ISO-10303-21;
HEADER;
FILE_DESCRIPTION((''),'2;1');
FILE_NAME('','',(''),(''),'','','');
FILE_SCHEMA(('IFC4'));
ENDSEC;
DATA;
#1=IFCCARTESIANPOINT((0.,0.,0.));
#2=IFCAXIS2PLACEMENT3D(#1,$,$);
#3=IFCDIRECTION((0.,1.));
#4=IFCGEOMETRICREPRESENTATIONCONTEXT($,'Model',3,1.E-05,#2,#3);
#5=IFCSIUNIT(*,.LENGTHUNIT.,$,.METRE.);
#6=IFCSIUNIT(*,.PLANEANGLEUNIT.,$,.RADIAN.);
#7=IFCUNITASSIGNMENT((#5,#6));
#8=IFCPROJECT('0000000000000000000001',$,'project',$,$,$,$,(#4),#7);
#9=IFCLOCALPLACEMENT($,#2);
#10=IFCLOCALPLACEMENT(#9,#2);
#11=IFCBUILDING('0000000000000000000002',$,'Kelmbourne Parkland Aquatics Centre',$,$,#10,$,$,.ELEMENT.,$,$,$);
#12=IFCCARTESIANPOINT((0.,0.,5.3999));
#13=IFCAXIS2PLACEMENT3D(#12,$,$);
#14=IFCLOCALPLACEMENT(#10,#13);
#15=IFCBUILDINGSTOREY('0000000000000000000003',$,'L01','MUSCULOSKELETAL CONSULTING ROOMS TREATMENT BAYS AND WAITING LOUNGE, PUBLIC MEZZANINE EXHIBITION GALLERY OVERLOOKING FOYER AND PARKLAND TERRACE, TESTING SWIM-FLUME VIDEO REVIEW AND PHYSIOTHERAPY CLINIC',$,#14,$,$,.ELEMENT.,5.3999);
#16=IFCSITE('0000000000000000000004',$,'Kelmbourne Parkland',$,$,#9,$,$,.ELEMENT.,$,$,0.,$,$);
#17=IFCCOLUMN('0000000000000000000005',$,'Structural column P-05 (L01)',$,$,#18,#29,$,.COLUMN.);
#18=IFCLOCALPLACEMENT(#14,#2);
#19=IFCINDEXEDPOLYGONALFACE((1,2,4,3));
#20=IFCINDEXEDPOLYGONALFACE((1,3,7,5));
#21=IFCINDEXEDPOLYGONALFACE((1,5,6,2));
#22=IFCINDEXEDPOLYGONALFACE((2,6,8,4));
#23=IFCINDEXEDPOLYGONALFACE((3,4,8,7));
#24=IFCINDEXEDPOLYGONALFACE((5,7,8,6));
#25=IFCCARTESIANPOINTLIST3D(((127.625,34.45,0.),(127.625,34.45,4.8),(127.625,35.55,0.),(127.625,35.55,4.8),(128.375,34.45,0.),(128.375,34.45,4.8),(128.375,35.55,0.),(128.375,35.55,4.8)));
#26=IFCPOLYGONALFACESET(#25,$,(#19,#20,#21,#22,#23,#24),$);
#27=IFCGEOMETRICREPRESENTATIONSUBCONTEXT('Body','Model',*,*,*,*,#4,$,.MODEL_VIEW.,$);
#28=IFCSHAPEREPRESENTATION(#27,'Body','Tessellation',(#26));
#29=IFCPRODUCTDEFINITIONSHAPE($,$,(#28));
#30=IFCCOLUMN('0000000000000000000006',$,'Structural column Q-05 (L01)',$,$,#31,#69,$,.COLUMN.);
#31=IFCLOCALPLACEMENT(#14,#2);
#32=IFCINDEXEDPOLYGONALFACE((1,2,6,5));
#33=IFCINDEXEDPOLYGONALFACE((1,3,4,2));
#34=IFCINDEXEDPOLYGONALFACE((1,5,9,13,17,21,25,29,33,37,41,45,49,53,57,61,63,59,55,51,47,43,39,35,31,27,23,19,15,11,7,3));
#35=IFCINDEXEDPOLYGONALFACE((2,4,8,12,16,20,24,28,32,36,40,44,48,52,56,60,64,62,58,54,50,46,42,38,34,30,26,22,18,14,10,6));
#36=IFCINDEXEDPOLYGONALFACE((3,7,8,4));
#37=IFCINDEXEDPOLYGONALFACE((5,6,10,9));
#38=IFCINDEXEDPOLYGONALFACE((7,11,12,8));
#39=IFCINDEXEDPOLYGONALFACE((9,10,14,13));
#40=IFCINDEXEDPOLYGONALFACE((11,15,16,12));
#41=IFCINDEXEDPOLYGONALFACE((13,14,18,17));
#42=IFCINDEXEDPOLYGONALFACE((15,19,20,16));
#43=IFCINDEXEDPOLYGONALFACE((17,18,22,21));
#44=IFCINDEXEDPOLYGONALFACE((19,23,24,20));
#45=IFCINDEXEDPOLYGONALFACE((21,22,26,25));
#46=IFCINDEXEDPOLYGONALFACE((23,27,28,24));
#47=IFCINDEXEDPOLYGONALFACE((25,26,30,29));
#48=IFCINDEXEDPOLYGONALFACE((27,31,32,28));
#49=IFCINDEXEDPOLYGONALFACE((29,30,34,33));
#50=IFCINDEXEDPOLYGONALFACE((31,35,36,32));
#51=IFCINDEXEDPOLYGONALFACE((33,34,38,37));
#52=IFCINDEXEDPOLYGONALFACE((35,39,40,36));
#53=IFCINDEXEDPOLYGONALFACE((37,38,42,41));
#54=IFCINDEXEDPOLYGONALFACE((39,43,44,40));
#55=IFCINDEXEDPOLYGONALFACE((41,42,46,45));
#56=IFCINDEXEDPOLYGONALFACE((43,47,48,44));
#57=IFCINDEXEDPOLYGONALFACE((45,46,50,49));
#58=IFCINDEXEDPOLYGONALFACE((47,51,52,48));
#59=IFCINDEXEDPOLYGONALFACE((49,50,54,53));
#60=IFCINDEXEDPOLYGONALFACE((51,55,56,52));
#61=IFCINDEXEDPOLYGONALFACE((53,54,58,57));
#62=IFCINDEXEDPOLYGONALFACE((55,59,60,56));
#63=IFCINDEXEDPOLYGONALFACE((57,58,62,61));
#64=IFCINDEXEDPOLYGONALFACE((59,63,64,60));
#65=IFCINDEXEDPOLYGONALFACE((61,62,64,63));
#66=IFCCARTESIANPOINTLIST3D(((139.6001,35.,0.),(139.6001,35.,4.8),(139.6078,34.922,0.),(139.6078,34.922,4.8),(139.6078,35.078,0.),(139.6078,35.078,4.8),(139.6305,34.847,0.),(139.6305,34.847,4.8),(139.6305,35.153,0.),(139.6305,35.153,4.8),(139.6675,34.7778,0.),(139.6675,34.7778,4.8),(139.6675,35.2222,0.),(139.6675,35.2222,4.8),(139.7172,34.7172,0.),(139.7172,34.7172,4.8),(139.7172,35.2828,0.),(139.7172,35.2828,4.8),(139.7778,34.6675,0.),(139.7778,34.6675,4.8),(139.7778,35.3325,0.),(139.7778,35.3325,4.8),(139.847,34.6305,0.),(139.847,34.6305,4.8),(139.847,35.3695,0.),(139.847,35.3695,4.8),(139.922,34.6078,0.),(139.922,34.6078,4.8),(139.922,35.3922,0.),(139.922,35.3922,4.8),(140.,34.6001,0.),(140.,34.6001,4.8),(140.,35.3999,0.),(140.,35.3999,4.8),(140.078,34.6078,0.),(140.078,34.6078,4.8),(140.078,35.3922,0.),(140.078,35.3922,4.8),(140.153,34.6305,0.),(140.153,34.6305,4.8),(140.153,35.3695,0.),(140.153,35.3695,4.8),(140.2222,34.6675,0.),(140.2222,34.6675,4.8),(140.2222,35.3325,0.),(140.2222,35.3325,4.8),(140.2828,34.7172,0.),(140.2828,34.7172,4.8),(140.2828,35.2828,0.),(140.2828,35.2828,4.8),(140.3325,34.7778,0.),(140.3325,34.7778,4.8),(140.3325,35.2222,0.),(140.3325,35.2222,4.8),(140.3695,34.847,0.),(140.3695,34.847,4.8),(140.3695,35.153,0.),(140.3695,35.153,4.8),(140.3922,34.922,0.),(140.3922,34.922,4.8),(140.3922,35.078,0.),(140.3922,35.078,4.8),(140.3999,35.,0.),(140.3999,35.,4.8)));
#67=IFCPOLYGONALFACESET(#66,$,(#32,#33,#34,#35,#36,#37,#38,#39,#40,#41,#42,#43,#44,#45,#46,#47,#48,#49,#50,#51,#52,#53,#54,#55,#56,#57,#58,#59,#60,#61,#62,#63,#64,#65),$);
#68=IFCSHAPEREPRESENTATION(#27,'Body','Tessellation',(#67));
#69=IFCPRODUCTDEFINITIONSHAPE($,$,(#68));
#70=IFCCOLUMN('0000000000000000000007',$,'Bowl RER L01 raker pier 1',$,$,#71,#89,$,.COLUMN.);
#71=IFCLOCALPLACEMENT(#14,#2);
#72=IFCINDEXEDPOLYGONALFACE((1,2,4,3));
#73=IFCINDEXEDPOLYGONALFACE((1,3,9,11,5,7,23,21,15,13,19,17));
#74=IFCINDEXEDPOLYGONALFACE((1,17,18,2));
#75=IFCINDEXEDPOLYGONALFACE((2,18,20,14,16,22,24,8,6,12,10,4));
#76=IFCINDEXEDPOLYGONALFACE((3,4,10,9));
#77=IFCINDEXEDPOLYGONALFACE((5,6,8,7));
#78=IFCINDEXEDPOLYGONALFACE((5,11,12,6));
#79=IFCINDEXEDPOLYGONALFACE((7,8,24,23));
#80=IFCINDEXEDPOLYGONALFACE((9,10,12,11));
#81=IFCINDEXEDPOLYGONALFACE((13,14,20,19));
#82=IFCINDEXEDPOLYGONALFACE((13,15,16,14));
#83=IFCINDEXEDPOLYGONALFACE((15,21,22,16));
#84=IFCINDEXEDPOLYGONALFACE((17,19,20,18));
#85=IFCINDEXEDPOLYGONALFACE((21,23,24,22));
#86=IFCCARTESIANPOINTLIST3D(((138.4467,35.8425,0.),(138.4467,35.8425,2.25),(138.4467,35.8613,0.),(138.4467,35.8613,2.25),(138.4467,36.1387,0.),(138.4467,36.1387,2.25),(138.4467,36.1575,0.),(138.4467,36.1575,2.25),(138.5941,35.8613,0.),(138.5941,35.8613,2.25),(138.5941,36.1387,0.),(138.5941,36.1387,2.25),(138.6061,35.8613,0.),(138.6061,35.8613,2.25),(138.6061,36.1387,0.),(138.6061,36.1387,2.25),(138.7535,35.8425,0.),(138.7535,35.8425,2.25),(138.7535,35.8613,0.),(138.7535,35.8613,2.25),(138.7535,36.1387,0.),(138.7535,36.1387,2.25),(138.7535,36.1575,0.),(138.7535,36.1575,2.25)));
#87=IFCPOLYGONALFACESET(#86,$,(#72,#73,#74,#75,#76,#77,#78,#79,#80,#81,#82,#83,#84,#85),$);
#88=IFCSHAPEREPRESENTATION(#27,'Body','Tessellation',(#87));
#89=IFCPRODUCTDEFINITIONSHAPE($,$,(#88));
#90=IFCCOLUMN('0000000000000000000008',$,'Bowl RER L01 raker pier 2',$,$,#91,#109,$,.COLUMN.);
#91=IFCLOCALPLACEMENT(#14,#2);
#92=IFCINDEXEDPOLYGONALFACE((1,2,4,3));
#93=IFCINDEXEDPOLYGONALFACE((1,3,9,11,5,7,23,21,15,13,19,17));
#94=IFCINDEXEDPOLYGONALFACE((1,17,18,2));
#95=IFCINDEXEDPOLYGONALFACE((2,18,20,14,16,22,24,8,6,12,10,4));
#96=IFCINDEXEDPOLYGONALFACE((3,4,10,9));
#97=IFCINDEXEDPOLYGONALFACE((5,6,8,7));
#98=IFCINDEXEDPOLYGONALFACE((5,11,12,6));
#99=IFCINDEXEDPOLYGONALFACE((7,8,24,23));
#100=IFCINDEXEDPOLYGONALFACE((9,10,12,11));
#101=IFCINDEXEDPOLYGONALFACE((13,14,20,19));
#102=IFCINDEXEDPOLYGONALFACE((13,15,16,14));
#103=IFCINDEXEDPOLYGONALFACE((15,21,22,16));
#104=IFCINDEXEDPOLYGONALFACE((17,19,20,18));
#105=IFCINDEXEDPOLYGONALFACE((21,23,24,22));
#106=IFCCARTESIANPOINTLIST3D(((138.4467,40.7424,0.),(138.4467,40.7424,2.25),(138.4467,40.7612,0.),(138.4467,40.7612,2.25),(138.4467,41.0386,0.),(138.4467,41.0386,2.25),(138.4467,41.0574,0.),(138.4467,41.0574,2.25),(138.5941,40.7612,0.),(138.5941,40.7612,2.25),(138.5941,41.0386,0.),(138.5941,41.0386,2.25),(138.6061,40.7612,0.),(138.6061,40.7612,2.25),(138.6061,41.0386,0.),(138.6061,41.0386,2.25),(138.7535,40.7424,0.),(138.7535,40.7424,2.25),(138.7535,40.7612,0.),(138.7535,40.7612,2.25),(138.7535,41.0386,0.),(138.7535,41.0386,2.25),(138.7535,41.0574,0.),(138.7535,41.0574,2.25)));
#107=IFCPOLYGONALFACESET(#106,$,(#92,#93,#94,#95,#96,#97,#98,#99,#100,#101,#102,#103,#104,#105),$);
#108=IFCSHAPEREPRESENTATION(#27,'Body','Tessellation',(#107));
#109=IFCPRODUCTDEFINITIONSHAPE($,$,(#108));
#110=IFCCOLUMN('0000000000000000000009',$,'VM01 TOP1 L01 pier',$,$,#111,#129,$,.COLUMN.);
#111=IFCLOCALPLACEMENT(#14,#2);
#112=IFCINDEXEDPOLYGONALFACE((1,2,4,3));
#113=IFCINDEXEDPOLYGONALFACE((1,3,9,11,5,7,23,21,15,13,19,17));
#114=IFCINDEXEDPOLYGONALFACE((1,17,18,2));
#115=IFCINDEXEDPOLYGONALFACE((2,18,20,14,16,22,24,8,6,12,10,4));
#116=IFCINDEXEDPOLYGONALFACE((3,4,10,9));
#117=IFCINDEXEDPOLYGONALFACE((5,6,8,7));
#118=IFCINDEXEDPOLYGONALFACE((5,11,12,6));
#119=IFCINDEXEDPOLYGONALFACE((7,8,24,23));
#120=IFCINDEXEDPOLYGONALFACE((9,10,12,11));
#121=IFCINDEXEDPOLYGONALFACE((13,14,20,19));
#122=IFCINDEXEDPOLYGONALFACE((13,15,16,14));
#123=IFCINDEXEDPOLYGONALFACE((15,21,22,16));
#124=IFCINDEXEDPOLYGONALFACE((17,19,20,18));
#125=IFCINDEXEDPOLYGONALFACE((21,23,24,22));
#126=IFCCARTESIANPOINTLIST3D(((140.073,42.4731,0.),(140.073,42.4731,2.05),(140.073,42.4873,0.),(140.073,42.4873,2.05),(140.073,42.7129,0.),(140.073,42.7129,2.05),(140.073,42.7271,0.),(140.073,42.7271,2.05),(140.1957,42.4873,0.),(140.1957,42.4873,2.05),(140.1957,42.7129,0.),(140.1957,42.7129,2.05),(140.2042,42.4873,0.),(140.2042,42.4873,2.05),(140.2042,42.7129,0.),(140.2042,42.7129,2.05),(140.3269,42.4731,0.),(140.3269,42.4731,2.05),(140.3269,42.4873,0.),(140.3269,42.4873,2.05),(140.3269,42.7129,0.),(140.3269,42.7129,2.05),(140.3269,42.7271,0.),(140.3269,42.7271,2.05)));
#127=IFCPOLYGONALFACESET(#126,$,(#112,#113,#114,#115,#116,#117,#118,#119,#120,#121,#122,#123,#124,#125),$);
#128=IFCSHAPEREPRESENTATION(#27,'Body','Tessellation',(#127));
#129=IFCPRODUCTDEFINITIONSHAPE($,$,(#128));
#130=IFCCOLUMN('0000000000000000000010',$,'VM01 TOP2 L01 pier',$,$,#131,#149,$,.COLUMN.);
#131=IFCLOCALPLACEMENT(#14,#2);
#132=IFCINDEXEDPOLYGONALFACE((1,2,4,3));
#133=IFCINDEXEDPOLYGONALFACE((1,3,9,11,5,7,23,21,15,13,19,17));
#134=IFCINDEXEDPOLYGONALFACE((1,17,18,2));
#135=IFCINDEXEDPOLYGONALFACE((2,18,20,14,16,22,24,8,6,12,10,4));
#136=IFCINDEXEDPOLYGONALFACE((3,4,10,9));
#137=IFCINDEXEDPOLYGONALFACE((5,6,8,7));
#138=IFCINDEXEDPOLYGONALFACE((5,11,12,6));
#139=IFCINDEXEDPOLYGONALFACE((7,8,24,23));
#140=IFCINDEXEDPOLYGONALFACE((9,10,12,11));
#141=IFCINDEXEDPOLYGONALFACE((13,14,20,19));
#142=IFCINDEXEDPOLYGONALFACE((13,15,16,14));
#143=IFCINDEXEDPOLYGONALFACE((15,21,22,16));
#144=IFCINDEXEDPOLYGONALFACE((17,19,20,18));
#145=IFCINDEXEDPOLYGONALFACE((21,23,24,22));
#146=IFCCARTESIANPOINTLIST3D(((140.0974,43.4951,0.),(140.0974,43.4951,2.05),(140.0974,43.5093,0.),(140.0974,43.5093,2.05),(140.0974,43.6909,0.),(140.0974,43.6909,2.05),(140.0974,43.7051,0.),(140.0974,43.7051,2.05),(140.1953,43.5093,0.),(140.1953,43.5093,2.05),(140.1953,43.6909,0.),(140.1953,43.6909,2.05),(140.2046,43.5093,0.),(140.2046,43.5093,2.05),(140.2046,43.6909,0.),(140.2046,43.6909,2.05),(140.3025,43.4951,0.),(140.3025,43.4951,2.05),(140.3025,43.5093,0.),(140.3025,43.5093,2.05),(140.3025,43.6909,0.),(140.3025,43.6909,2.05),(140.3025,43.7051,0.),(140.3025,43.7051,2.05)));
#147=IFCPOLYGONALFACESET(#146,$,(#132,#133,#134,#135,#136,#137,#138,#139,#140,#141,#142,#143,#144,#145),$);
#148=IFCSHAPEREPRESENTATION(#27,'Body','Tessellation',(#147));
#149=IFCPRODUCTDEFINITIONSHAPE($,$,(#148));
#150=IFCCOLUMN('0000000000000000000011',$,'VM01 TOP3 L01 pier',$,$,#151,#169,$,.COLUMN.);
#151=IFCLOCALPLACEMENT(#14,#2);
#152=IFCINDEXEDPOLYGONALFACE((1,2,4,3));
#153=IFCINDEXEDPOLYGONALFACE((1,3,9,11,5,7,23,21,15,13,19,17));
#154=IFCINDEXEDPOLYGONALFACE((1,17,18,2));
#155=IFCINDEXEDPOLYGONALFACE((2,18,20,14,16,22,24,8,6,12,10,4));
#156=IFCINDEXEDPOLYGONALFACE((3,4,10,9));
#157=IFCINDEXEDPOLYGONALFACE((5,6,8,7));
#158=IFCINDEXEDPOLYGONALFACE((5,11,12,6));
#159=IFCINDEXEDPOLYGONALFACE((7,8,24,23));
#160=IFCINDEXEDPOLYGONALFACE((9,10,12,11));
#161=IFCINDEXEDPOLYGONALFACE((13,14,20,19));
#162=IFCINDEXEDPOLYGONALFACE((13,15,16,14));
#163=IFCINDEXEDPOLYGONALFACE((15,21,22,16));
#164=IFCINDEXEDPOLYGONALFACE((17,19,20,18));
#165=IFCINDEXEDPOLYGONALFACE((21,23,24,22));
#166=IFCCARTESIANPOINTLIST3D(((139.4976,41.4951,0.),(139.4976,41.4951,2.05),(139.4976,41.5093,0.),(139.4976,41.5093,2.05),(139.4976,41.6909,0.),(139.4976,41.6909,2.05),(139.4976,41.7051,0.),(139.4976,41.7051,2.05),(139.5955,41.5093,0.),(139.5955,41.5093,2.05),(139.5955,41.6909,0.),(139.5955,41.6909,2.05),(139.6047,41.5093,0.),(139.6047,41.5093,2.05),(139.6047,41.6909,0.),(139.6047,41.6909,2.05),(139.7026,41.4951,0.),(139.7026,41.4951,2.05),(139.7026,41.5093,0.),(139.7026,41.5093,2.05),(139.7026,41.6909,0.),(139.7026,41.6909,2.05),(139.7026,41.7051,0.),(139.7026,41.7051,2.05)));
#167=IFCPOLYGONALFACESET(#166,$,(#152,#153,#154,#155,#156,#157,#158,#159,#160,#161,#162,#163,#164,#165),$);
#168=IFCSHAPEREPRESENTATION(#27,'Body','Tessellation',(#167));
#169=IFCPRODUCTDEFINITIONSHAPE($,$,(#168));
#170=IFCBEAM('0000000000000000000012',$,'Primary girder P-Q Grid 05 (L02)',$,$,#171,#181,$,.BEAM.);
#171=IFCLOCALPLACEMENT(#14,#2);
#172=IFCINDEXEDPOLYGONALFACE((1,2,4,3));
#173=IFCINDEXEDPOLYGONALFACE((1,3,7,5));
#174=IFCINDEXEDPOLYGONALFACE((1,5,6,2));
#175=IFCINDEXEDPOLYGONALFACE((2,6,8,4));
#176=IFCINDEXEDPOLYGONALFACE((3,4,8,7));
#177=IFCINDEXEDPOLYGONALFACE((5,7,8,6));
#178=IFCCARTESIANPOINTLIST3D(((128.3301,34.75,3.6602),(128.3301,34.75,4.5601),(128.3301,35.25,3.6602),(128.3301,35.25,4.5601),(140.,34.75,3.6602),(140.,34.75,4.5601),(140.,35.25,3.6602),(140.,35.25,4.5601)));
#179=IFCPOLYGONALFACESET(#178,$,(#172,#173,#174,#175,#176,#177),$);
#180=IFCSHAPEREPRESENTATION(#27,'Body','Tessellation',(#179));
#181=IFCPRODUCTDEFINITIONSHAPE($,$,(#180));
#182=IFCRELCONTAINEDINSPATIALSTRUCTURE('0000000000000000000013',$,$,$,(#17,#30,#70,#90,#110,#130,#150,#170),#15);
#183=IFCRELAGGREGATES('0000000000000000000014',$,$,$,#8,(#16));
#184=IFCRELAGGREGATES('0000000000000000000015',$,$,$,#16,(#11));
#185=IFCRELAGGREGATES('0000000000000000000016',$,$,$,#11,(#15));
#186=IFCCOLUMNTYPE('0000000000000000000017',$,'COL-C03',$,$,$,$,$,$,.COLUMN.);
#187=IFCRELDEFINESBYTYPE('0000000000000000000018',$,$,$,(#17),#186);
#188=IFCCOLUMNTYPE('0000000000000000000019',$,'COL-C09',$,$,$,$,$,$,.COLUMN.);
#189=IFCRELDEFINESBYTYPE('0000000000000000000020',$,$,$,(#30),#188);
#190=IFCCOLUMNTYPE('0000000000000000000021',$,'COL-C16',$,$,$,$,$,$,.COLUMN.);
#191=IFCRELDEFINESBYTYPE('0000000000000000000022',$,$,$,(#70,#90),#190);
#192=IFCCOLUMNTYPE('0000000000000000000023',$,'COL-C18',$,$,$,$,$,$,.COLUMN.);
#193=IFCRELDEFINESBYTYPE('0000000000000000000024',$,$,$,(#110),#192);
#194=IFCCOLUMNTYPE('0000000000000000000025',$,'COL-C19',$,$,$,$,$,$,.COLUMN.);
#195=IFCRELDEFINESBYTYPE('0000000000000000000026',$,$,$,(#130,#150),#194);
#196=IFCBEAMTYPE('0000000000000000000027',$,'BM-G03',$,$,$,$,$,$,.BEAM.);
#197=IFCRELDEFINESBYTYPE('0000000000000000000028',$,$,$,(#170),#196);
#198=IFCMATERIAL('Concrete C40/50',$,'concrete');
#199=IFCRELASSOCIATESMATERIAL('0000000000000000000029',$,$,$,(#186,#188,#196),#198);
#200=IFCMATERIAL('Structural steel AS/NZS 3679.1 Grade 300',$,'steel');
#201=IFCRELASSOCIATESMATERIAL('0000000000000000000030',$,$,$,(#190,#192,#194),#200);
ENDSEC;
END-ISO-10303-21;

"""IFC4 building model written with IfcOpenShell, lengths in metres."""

from ifc_helpers import new_model, si_unit, direction, frame, origin, origin_2d, place, context, subcontext, project, spatial, rectangle, circle, i_section, extrude, material, material_profile, profile_set, type_object, element, save


model = new_model("IFC4")

# Units and contexts
model_context = context("Model", 3, precision=1e-05, world=origin(), true_north=direction((0.0, 1.0)))
body_context = subcontext(model_context, "Body", "Model", "MODEL_VIEW")
ifc_project = project(units=[si_unit("LENGTHUNIT", "METRE"), si_unit("PLANEANGLEUNIT", "RADIAN")], contexts=[model_context])

# Site, building, storey
site_placement = place(None, origin())
site = spatial("IfcSite", under=ifc_project, at=site_placement, Name="Kelmbourne Parkland", CompositionType="ELEMENT", RefElevation=0.0)
building_placement = place(site_placement, origin())
building = spatial("IfcBuilding", under=site, at=building_placement, Name="Kelmbourne Parkland Aquatics Centre", CompositionType="ELEMENT")
storey_placement = place(building_placement, frame((0.0, 0.0, 5.3999)))
storey = spatial("IfcBuildingStorey", under=building, at=storey_placement, Name="L01", Description="MUSCULOSKELETAL CONSULTING ROOMS TREATMENT BAYS AND WAITING LOUNGE, PUBLIC MEZZANINE EXHIBITION GALLERY OVERLOOKING FOYER AND PARKLAND TERRACE, TESTING SWIM-FLUME VIDEO REVIEW AND PHYSIOTHERAPY CLINIC", CompositionType="ELEMENT", Elevation=5.3999)

# Columns
ifc_material_1 = material(Name="Concrete C40/50", Category="concrete")
ifc_material_profile_1 = material_profile(ifc_material_1, rectangle(XDim=0.75, YDim=1.1001, at=origin_2d()), Name="RC 750x1100")
ifc_profile_set_1 = profile_set([ifc_material_profile_1], Name="Concrete C40/50")
column_type_1 = type_object("IfcColumnType", Name="COL-C03", PredefinedType="COLUMN", material=ifc_profile_set_1)
column_1_placement = place(storey_placement, frame((128.0, 35.0, 0.0), z_axis=(0.0, 0.0, 1.0), x_axis=(1.0, 0.0, 0.0)))
element("IfcColumn", 1, at=column_1_placement, inside=storey, type_object=column_type_1, Name="Structural column P-05 (L01)", PredefinedType="COLUMN", context=body_context, shape_type="SweptSolid", body=[
    extrude(rectangle(XDim=0.75, YDim=1.1001, at=origin_2d()), origin(), (0.0, 0.0, 1.0), 4.8),
])
ifc_material_profile_2 = material_profile(ifc_material_1, circle(Radius=0.3999, at=origin_2d()), Name="RC D800")
ifc_profile_set_2 = profile_set([ifc_material_profile_2], Name="Concrete C40/50")
column_type_2 = type_object("IfcColumnType", Name="COL-C09", PredefinedType="COLUMN", material=ifc_profile_set_2)
column_2_placement = place(storey_placement, frame((140.0, 35.0, 0.0), z_axis=(0.0, 0.0, 1.0), x_axis=(1.0, 0.0, 0.0)))
element("IfcColumn", 2, at=column_2_placement, inside=storey, type_object=column_type_2, Name="Structural column Q-05 (L01)", PredefinedType="COLUMN", context=body_context, shape_type="SweptSolid", body=[
    extrude(circle(Radius=0.3999, at=origin_2d()), origin(), (0.0, 0.0, 1.0), 4.8),
])
ifc_material_2 = material(Name="Structural steel AS/NZS 3679.1 Grade 300", Category="steel")
ifc_material_profile_3 = material_profile(ifc_material_2, i_section(OverallWidth=0.3069, OverallDepth=0.3149, WebThickness=0.012, FlangeThickness=0.0188, at=origin_2d()), Name="310UC118")
ifc_profile_set_3 = profile_set([ifc_material_profile_3], Name="Structural steel AS/NZS 3679.1 Grade 300")
column_type_3 = type_object("IfcColumnType", Name="COL-C16", PredefinedType="COLUMN", material=ifc_profile_set_3)
for number, where, z_axis, x_axis, name in (
    (3, (138.6001, 36.0, 0.0), (0.0, 0.0, 1.0), (1.0, 0.0, 0.0), "Bowl RER L01 raker pier 1"),
    (4, (138.6001, 40.8999, 0.0), (0.0, 0.0, 1.0), (1.0, 0.0, 0.0), "Bowl RER L01 raker pier 2"),
):
    element("IfcColumn", number, at=place(storey_placement, frame(where, z_axis=z_axis, x_axis=x_axis)), inside=storey, type_object=column_type_3, Name=name, PredefinedType="COLUMN", context=body_context, shape_type="SweptSolid", body=[
        extrude(i_section(OverallWidth=0.3069, OverallDepth=0.3149, WebThickness=0.012, FlangeThickness=0.0188, at=origin_2d()), origin(), (0.0, 0.0, 1.0), 2.25),
    ])
ifc_material_profile_4 = material_profile(ifc_material_2, i_section(OverallWidth=0.2539, OverallDepth=0.2539, WebThickness=0.0085, FlangeThickness=0.0142, at=origin_2d()), Name="250UC72.9")
ifc_profile_set_4 = profile_set([ifc_material_profile_4], Name="Structural steel AS/NZS 3679.1 Grade 300")
column_type_4 = type_object("IfcColumnType", Name="COL-C18", PredefinedType="COLUMN", material=ifc_profile_set_4)
column_3_placement = place(storey_placement, frame((140.2, 42.6001, 0.0), z_axis=(0.0, 0.0, 1.0), x_axis=(1.0, 0.0, 0.0)))
element("IfcColumn", 5, at=column_3_placement, inside=storey, type_object=column_type_4, Name="VM01 TOP1 L01 pier", PredefinedType="COLUMN", context=body_context, shape_type="SweptSolid", body=[
    extrude(i_section(OverallWidth=0.2539, OverallDepth=0.2539, WebThickness=0.0085, FlangeThickness=0.0142, at=origin_2d()), origin(), (0.0, 0.0, 1.0), 2.05),
])
ifc_material_profile_5 = material_profile(ifc_material_2, i_section(OverallWidth=0.2051, OverallDepth=0.21, WebThickness=0.0093, FlangeThickness=0.0142, at=origin_2d()), Name="200UC59.5")
ifc_profile_set_5 = profile_set([ifc_material_profile_5], Name="Structural steel AS/NZS 3679.1 Grade 300")
column_type_5 = type_object("IfcColumnType", Name="COL-C19", PredefinedType="COLUMN", material=ifc_profile_set_5)
for number, where, z_axis, x_axis, name in (
    (6, (140.2, 43.6001, 0.0), (0.0, 0.0, 1.0), (1.0, 0.0, 0.0), "VM01 TOP2 L01 pier"),
    (7, (139.6001, 41.6001, 0.0), (0.0, 0.0, 1.0), (1.0, 0.0, 0.0), "VM01 TOP3 L01 pier"),
):
    element("IfcColumn", number, at=place(storey_placement, frame(where, z_axis=z_axis, x_axis=x_axis)), inside=storey, type_object=column_type_5, Name=name, PredefinedType="COLUMN", context=body_context, shape_type="SweptSolid", body=[
        extrude(i_section(OverallWidth=0.2051, OverallDepth=0.21, WebThickness=0.0093, FlangeThickness=0.0142, at=origin_2d()), origin(), (0.0, 0.0, 1.0), 2.05),
    ])

# Beam
ifc_material_profile_6 = material_profile(ifc_material_1, rectangle(XDim=0.5, YDim=0.8999, at=origin_2d()), Name="RC 500x900")
ifc_profile_set_6 = profile_set([ifc_material_profile_6], Name="Concrete C40/50")
beam_type_1 = type_object("IfcBeamType", Name="BM-G03", PredefinedType="BEAM", material=ifc_profile_set_6)
beam_1_placement = place(storey_placement, frame((128.3301, 35.0, 4.1101), z_axis=(1.0, 0.0, 0.0), x_axis=(0.0, 1.0, 0.0)))
element("IfcBeam", 8, at=beam_1_placement, inside=storey, type_object=beam_type_1, Name="Primary girder P-Q Grid 05 (L02)", PredefinedType="BEAM", context=body_context, shape_type="SweptSolid", body=[
    extrude(rectangle(XDim=0.5, YDim=0.8999, at=origin_2d()), origin(), (0.0, 0.0, 1.0), 11.6699),
])

save(model, "model.ifc")
